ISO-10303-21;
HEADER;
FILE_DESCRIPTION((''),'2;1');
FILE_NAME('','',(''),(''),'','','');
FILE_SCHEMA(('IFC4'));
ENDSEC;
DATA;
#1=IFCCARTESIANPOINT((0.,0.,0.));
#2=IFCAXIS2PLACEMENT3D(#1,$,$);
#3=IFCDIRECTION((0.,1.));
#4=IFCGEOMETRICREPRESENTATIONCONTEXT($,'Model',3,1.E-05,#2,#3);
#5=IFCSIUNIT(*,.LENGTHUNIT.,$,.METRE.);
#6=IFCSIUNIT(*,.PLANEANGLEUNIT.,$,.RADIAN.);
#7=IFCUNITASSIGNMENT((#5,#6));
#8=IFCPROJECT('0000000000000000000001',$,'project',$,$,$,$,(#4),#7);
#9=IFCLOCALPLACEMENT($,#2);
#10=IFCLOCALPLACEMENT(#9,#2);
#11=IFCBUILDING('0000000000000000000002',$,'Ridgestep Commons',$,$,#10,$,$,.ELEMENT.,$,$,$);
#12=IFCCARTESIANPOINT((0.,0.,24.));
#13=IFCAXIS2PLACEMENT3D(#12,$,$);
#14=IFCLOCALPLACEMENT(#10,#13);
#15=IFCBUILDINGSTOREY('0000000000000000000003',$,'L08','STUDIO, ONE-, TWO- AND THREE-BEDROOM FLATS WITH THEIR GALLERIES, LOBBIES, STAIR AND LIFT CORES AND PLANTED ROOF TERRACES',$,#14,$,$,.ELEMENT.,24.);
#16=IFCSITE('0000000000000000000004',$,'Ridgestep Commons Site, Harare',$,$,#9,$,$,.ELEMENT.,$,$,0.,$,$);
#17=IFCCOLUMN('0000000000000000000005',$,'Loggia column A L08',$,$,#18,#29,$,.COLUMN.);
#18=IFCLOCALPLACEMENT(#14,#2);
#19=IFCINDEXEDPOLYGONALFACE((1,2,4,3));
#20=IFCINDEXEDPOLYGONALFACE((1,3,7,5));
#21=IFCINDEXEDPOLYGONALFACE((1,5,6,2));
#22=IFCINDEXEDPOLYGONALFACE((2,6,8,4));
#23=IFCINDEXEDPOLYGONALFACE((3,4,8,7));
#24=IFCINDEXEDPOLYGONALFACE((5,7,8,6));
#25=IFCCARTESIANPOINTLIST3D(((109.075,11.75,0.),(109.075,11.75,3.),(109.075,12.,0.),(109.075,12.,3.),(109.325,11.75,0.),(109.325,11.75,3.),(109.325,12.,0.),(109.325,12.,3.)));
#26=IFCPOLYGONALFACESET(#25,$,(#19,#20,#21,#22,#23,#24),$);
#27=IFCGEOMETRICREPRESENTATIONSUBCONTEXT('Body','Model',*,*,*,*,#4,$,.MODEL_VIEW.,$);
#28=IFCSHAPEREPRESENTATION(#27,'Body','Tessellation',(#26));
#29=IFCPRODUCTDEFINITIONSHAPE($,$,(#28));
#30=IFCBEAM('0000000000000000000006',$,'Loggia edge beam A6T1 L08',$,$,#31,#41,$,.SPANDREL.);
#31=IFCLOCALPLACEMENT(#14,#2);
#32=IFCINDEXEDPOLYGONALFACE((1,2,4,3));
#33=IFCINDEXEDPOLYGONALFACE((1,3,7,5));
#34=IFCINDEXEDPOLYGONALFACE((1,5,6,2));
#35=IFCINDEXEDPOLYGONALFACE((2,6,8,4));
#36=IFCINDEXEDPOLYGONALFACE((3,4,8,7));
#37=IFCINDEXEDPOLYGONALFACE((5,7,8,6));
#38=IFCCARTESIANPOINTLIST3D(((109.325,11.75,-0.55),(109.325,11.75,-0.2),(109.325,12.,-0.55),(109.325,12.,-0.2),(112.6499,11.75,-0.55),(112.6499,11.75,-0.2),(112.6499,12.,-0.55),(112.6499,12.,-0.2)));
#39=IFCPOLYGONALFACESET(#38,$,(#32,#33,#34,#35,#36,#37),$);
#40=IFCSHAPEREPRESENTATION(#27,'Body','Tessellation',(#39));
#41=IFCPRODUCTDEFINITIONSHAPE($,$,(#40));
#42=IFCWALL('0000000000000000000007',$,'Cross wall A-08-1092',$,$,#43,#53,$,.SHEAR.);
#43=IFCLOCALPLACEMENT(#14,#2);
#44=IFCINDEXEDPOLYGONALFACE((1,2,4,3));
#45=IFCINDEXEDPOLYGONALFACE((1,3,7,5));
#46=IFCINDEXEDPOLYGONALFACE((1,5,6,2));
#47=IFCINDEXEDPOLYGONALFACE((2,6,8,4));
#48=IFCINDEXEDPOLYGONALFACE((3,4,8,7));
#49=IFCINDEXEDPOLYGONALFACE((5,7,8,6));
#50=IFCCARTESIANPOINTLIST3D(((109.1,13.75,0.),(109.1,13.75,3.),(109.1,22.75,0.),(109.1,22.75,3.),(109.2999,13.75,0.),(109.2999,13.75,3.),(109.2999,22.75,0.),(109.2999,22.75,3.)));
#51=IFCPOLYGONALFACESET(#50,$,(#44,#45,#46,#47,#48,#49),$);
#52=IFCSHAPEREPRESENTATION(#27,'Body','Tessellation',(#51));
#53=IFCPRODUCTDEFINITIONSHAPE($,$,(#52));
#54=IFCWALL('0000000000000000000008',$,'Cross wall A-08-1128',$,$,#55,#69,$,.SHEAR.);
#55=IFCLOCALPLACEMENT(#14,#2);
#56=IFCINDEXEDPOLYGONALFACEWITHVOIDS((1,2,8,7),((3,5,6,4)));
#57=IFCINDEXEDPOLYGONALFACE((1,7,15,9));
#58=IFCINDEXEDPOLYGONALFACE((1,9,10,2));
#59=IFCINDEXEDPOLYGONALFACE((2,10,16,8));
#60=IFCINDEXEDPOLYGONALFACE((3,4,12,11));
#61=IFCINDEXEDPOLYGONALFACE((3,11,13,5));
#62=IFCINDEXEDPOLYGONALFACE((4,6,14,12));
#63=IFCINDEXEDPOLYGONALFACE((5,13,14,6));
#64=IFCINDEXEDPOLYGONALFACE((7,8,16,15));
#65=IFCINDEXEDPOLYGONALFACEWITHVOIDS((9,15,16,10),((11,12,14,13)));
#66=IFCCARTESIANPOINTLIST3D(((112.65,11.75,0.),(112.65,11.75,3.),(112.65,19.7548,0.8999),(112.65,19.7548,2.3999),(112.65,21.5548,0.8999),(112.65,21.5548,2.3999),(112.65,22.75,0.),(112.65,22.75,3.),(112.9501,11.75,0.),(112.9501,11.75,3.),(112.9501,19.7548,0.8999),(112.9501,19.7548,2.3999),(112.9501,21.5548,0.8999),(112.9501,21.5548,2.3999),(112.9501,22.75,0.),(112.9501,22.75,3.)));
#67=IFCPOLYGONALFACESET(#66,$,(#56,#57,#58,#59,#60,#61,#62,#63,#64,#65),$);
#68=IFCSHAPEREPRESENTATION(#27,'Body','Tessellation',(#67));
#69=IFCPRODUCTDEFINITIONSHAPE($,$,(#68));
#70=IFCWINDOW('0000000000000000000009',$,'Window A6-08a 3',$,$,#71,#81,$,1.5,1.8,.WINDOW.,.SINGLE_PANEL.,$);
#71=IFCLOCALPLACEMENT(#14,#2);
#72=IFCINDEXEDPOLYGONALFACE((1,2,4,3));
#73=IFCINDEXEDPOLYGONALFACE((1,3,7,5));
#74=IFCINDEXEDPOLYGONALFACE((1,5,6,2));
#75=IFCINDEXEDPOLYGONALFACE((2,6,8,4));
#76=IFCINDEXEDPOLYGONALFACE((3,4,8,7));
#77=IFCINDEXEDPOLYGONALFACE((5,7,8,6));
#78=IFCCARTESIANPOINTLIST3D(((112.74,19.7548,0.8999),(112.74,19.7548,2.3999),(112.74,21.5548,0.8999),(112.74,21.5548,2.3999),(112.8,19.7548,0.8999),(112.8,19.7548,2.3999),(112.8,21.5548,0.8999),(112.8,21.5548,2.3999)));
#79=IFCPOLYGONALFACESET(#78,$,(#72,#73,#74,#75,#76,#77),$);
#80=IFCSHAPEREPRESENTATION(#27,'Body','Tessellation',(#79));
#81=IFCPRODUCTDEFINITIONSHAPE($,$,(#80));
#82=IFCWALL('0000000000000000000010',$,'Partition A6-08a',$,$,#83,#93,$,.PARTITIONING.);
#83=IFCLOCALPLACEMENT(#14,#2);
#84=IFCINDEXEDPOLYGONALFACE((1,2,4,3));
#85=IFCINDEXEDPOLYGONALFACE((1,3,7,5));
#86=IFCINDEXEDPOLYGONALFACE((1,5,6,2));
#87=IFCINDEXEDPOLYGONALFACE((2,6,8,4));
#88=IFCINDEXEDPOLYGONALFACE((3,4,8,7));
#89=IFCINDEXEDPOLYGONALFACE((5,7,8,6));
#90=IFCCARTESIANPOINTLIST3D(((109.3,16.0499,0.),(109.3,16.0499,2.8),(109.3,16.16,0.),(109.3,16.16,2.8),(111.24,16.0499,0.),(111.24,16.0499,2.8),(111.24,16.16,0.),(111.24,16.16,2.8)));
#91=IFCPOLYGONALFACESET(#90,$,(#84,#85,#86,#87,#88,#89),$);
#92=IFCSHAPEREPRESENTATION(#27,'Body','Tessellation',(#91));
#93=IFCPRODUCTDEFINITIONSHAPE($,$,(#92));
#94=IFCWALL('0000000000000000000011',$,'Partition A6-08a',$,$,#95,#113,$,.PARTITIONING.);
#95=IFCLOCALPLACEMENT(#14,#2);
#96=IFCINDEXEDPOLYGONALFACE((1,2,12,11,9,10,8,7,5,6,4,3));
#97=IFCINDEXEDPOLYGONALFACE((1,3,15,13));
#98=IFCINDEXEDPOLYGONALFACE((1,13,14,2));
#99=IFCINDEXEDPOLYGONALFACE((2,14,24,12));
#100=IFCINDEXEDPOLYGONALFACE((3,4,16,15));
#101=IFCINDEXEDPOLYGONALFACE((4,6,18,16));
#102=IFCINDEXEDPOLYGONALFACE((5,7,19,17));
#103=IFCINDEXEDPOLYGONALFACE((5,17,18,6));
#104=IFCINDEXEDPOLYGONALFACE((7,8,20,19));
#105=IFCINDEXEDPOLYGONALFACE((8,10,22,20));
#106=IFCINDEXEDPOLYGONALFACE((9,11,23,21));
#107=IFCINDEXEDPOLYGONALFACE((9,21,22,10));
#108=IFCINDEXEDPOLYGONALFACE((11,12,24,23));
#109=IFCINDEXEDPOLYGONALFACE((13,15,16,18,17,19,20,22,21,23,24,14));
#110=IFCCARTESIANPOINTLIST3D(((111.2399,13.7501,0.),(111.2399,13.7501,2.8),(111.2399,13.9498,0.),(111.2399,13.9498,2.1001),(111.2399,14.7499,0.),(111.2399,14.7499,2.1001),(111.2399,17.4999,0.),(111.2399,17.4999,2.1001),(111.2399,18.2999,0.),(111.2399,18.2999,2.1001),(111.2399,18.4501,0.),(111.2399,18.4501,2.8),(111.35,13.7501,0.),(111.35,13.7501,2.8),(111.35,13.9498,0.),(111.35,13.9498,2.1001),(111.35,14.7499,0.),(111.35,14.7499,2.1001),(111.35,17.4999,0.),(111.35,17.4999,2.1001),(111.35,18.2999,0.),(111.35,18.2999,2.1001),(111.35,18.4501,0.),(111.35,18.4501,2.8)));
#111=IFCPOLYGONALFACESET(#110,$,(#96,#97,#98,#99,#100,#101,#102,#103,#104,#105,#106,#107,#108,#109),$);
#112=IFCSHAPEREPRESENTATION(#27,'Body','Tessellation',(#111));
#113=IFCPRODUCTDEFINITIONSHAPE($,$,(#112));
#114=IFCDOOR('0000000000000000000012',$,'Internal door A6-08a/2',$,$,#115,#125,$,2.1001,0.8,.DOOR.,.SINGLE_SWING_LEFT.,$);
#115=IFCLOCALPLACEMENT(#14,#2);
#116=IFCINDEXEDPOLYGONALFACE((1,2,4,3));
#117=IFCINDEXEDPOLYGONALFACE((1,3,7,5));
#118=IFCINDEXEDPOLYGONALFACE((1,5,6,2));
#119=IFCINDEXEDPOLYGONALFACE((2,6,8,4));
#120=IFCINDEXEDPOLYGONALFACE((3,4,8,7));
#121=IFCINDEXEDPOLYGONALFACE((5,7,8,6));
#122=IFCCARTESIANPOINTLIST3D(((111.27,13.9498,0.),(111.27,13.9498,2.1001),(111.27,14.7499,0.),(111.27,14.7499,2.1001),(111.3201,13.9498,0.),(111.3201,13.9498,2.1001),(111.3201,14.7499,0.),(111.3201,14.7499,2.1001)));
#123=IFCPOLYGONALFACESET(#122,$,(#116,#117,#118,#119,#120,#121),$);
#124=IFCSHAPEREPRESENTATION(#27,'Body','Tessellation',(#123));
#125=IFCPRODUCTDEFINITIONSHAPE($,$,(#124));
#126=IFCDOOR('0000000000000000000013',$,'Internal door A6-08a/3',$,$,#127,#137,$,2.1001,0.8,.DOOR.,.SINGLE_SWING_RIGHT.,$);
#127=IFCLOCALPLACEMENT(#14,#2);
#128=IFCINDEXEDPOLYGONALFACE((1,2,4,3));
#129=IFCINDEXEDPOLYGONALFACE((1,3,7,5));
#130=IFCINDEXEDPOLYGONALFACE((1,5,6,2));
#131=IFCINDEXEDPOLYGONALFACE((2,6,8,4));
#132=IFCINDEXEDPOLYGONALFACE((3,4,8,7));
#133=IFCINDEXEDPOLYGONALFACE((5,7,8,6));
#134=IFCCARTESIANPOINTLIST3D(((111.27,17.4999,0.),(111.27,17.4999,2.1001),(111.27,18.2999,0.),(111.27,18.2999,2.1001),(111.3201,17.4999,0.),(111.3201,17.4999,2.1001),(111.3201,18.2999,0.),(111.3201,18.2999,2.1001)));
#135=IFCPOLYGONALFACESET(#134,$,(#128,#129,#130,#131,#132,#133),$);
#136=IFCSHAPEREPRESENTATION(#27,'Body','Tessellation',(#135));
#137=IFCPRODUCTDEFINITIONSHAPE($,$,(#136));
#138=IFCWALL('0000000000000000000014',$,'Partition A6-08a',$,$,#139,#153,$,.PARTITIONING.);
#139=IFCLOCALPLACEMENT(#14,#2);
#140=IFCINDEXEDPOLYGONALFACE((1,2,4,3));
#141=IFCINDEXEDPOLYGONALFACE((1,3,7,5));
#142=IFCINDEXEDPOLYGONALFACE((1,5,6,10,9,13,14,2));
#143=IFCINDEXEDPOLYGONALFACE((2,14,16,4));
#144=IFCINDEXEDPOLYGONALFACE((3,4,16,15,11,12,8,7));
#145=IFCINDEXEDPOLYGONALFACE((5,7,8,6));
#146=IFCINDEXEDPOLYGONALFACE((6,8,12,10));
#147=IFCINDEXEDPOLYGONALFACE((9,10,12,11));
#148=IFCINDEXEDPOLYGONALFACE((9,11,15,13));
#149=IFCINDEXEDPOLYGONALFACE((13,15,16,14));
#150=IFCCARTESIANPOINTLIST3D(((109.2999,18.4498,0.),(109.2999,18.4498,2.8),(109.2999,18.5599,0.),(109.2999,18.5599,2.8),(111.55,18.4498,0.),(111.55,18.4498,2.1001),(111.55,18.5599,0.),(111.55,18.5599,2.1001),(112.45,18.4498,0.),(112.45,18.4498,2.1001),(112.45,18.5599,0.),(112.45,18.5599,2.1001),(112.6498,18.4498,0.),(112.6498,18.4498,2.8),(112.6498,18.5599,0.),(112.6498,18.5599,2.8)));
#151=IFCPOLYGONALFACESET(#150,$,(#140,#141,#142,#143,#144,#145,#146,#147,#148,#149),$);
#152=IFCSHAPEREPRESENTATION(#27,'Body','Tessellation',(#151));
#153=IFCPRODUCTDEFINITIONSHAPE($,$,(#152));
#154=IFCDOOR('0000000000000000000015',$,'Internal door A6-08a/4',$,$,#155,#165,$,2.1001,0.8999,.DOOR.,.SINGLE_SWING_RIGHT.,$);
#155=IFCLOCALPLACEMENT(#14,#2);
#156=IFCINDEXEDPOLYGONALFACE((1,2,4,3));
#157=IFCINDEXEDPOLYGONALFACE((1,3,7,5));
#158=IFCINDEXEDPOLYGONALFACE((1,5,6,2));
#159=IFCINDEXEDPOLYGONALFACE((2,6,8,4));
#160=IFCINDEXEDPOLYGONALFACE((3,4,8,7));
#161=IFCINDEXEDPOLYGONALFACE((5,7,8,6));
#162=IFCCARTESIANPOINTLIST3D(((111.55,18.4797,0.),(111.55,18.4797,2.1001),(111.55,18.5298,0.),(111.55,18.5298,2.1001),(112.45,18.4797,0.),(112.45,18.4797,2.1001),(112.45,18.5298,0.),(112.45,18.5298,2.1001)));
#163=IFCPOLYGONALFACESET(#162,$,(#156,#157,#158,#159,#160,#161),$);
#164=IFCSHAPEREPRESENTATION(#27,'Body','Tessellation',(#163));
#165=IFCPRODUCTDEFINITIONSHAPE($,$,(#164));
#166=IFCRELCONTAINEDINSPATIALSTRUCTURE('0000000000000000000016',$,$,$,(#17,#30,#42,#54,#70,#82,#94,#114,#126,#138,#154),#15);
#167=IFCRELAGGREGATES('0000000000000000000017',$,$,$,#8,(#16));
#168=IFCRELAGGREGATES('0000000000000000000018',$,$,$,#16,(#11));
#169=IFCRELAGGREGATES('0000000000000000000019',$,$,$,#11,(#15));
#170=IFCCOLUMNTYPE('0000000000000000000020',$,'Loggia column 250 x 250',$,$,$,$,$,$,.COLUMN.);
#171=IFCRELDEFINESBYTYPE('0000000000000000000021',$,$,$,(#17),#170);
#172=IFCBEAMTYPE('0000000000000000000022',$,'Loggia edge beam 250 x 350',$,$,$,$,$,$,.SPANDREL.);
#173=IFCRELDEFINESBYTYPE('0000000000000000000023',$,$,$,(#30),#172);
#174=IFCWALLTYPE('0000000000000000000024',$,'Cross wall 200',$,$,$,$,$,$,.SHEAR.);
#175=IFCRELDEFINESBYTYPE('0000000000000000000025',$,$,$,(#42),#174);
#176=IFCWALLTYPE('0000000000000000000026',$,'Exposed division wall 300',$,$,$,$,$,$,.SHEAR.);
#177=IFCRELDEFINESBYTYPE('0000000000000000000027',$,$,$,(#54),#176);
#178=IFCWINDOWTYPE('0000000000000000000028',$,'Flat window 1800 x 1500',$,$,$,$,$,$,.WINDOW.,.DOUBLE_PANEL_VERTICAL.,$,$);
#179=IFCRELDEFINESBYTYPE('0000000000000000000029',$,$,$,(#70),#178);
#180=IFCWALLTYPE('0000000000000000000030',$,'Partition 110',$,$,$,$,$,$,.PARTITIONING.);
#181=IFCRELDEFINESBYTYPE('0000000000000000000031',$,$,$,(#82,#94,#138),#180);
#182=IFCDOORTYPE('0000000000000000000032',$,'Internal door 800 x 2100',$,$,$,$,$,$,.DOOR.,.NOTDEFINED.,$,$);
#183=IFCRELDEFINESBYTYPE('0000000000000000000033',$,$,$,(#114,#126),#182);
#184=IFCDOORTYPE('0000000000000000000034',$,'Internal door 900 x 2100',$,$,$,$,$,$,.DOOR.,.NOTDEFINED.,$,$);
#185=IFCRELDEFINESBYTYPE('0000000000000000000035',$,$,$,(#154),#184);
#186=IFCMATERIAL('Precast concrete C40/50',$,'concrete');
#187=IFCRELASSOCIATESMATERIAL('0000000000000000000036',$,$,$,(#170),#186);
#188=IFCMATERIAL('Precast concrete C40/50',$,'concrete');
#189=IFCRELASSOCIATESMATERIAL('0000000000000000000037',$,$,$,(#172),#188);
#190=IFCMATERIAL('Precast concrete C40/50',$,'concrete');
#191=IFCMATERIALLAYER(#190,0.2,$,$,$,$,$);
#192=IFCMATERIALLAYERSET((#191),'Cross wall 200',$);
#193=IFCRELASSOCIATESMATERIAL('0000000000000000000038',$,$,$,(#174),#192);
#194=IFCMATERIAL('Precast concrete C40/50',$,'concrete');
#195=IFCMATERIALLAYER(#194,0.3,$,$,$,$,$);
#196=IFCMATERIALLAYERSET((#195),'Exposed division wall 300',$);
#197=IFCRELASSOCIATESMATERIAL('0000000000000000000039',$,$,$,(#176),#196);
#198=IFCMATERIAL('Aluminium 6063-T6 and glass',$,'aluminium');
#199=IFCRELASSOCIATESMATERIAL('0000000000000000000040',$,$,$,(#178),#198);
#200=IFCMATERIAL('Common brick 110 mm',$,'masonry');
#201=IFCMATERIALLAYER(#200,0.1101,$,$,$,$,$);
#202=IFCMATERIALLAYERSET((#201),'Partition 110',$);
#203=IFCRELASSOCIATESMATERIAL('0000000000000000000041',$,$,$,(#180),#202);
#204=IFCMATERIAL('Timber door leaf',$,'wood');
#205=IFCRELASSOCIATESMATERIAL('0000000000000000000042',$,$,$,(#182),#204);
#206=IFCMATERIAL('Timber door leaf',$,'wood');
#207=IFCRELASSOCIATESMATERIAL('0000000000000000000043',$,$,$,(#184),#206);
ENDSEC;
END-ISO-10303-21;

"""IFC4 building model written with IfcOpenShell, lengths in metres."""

from ifc_helpers import new_model, si_unit, direction, frame, frame_2d, origin, origin_2d, place, context, subcontext, project, spatial, rectangle, extrude, material, layer, layer_set, material_profile, profile_set, type_object, element, fill, save


model = new_model("IFC4")

# Units and contexts
model_context = context("Model", 3, precision=1e-05, world=origin(), true_north=direction((0.0, 1.0)))
body_context = subcontext(model_context, "Body", "Model", "MODEL_VIEW")
ifc_project = project(units=[si_unit("LENGTHUNIT", "METRE"), si_unit("PLANEANGLEUNIT", "RADIAN")], contexts=[model_context])

# Site, building, storey
site_placement = place(None, origin())
site = spatial("IfcSite", under=ifc_project, at=site_placement, Name="Ridgestep Commons Site, Harare", CompositionType="ELEMENT", RefElevation=0.0)
building_placement = place(site_placement, origin())
building = spatial("IfcBuilding", under=site, at=building_placement, Name="Ridgestep Commons", CompositionType="ELEMENT")
storey_placement = place(building_placement, frame((0.0, 0.0, 24.0)))
storey = spatial("IfcBuildingStorey", under=building, at=storey_placement, Name="L08", Description="STUDIO, ONE-, TWO- AND THREE-BEDROOM FLATS WITH THEIR GALLERIES, LOBBIES, STAIR AND LIFT CORES AND PLANTED ROOF TERRACES", CompositionType="ELEMENT", Elevation=24.0)

# Column
ifc_material_1 = material(Name="Precast concrete C40/50", Category="concrete")
ifc_material_profile_1 = material_profile(ifc_material_1, rectangle(XDim=0.25, YDim=0.25, at=origin_2d()), Name="PC 250x250")
ifc_profile_set_1 = profile_set([ifc_material_profile_1], Name="Precast concrete C40/50")
column_type = type_object("IfcColumnType", Name="Loggia column 250 x 250", PredefinedType="COLUMN", material=ifc_profile_set_1)
column_placement = place(storey_placement, frame((109.2, 11.875, 0.0), z_axis=(0.0, 0.0, 1.0), x_axis=(1.0, 0.0, 0.0)))
element("IfcColumn", 1, at=column_placement, inside=storey, type_object=column_type, Name="Loggia column A L08", PredefinedType="COLUMN", context=body_context, shape_type="SweptSolid", body=[
    extrude(rectangle(XDim=0.25, YDim=0.25, at=origin_2d()), origin(), (0.0, 0.0, 1.0), 3.0),
])

# Beam
ifc_material_2 = material(Name="Precast concrete C40/50", Category="concrete")
ifc_material_profile_2 = material_profile(ifc_material_2, rectangle(XDim=0.25, YDim=0.3501, at=origin_2d()), Name="PC 250x350")
ifc_profile_set_2 = profile_set([ifc_material_profile_2], Name="Precast concrete C40/50")
beam_type = type_object("IfcBeamType", Name="Loggia edge beam 250 x 350", PredefinedType="SPANDREL", material=ifc_profile_set_2)
beam_placement = place(storey_placement, frame((109.325, 11.875, -0.375), z_axis=(1.0, 0.0, 0.0), x_axis=(0.0, 1.0, 0.0)))
element("IfcBeam", 2, at=beam_placement, inside=storey, type_object=beam_type, Name="Loggia edge beam A6T1 L08", PredefinedType="SPANDREL", context=body_context, shape_type="SweptSolid", body=[
    extrude(rectangle(XDim=0.25, YDim=0.3501, at=origin_2d()), origin(), (0.0, 0.0, 1.0), 3.325),
])

# Wall
ifc_material_3 = material(Name="Precast concrete C40/50", Category="concrete")
ifc_layer_1 = layer(ifc_material_3, 0.2)
ifc_layer_set_1 = layer_set([ifc_layer_1], Name="Cross wall 200")
wall_type_1 = type_object("IfcWallType", Name="Cross wall 200", PredefinedType="SHEAR", material=ifc_layer_set_1)
wall_1_placement = place(storey_placement, frame((109.2, 13.75, 0.0), z_axis=(0.0, 0.0, 1.0), x_axis=(0.0, 1.0, 0.0)))
element("IfcWall", 3, at=wall_1_placement, inside=storey, type_object=wall_type_1, Name="Cross wall A-08-1092", PredefinedType="SHEAR", context=body_context, shape_type="SweptSolid", body=[
    extrude(rectangle(XDim=9.0, YDim=0.2, at=frame_2d((4.5, 0.0))), origin(), (0.0, 0.0, 1.0), 3.0),
])

# Wall, opening, window
ifc_material_4 = material(Name="Precast concrete C40/50", Category="concrete")
ifc_layer_2 = layer(ifc_material_4, 0.3)
ifc_layer_set_2 = layer_set([ifc_layer_2], Name="Exposed division wall 300")
wall_type_2 = type_object("IfcWallType", Name="Exposed division wall 300", PredefinedType="SHEAR", material=ifc_layer_set_2)
wall_2_placement = place(storey_placement, frame((112.8, 11.75, 0.0), z_axis=(0.0, 0.0, 1.0), x_axis=(0.0, 1.0, 0.0)))
wall_2 = element("IfcWall", 4, at=wall_2_placement, inside=storey, type_object=wall_type_2, Name="Cross wall A-08-1128", PredefinedType="SHEAR", context=body_context, shape_type="SweptSolid", body=[
    extrude(rectangle(XDim=11.0, YDim=0.3, at=frame_2d((5.5, 0.0))), origin(), (0.0, 0.0, 1.0), 3.0),
])
opening_1_placement = place(wall_2_placement, frame((8.0049, 0.0, 0.8999)))
opening_1 = element("IfcOpeningElement", 5, at=opening_1_placement, cuts=wall_2, PredefinedType="OPENING", context=body_context, shape_type="SweptSolid", body=[
    extrude(rectangle(XDim=1.8, YDim=1.5, at=frame_2d((0.8999, 0.75))), frame((0.0, 0.1599, 0.0), z_axis=(0.0, -1.0, 0.0), x_axis=(1.0, 0.0, 0.0)), (0.0, 0.0, 1.0), 0.3201),
])
ifc_material_5 = material(Name="Aluminium 6063-T6 and glass", Category="aluminium")
window_type_1 = type_object("IfcWindowType", Name="Flat window 1800 x 1500", PartitioningType="DOUBLE_PANEL_VERTICAL", PredefinedType="WINDOW", material=ifc_material_5)
window_1_placement = place(opening_1_placement, origin())
window_1 = element("IfcWindow", 6, at=window_1_placement, inside=storey, type_object=window_type_1, Name="Window A6-08a 3", OverallHeight=1.5, OverallWidth=1.8, PartitioningType="SINGLE_PANEL", PredefinedType="WINDOW", context=body_context, shape_type="SweptSolid", body=[
    extrude(rectangle(XDim=1.8, YDim=1.5, at=frame_2d((0.8999, 0.75))), frame((0.0, 0.0601, 0.0), z_axis=(0.0, -1.0, 0.0), x_axis=(1.0, 0.0, 0.0)), (0.0, 0.0, 1.0), 0.0601),
])
fill(opening_1, window_1)

# Wall
ifc_material_6 = material(Name="Common brick 110 mm", Category="masonry")
ifc_layer_3 = layer(ifc_material_6, 0.1101)
ifc_layer_set_3 = layer_set([ifc_layer_3], Name="Partition 110")
wall_type_3 = type_object("IfcWallType", Name="Partition 110", PredefinedType="PARTITIONING", material=ifc_layer_set_3)
wall_3_placement = place(storey_placement, frame((109.3, 16.105, 0.0), z_axis=(0.0, 0.0, 1.0), x_axis=(1.0, 0.0, 0.0)))
element("IfcWall", 7, at=wall_3_placement, inside=storey, type_object=wall_type_3, Name="Partition A6-08a", PredefinedType="PARTITIONING", context=body_context, shape_type="SweptSolid", body=[
    extrude(rectangle(XDim=1.9399, YDim=0.1101, at=frame_2d((0.97, 0.0))), origin(), (0.0, 0.0, 1.0), 2.8),
])

# Wall, openings, doors
wall_4_placement = place(storey_placement, frame((111.2949, 13.75, 0.0), z_axis=(0.0, 0.0, 1.0), x_axis=(0.0, 1.0, 0.0)))
wall_4 = element("IfcWall", 8, at=wall_4_placement, inside=storey, type_object=wall_type_3, Name="Partition A6-08a", PredefinedType="PARTITIONING", context=body_context, shape_type="SweptSolid", body=[
    extrude(rectangle(XDim=4.7, YDim=0.1101, at=frame_2d((2.3501, 0.0))), origin(), (0.0, 0.0, 1.0), 2.8),
])
opening_2_placement = place(wall_4_placement, frame((0.2, 0.0, 0.0)))
opening_2 = element("IfcOpeningElement", 9, at=opening_2_placement, cuts=wall_4, PredefinedType="OPENING", context=body_context, shape_type="SweptSolid", body=[
    extrude(rectangle(XDim=0.8, YDim=2.1001, at=frame_2d((0.3999, 1.05))), frame((0.0, 0.0649, 0.0), z_axis=(0.0, -1.0, 0.0), x_axis=(1.0, 0.0, 0.0)), (0.0, 0.0, 1.0), 0.1301),
])
opening_3_placement = place(wall_4_placement, frame((3.75, 0.0, 0.0)))
opening_3 = element("IfcOpeningElement", 10, at=opening_3_placement, cuts=wall_4, PredefinedType="OPENING", context=body_context, shape_type="SweptSolid", body=[
    extrude(rectangle(XDim=0.8, YDim=2.1001, at=frame_2d((0.3999, 1.05))), frame((0.0, 0.0649, 0.0), z_axis=(0.0, -1.0, 0.0), x_axis=(1.0, 0.0, 0.0)), (0.0, 0.0, 1.0), 0.1301),
])
ifc_material_7 = material(Name="Timber door leaf", Category="wood")
door_type_1 = type_object("IfcDoorType", Name="Internal door 800 x 2100", OperationType="NOTDEFINED", PredefinedType="DOOR", material=ifc_material_7)
door_1_placement = place(opening_2_placement, origin())
door_1 = element("IfcDoor", 11, at=door_1_placement, inside=storey, type_object=door_type_1, Name="Internal door A6-08a/2", OperationType="SINGLE_SWING_LEFT", OverallHeight=2.1001, OverallWidth=0.8, PredefinedType="DOOR", context=body_context, shape_type="SweptSolid", body=[
    extrude(rectangle(XDim=0.8, YDim=2.1001, at=frame_2d((0.3999, 1.05))), frame((0.0, 0.0249, 0.0), z_axis=(0.0, -1.0, 0.0), x_axis=(1.0, 0.0, 0.0)), (0.0, 0.0, 1.0), 0.05),
])
fill(opening_2, door_1)
door_2_placement = place(opening_3_placement, origin())
door_2 = element("IfcDoor", 12, at=door_2_placement, inside=storey, type_object=door_type_1, Name="Internal door A6-08a/3", OperationType="SINGLE_SWING_RIGHT", OverallHeight=2.1001, OverallWidth=0.8, PredefinedType="DOOR", context=body_context, shape_type="SweptSolid", body=[
    extrude(rectangle(XDim=0.8, YDim=2.1001, at=frame_2d((0.3999, 1.05))), frame((0.0, 0.0249, 0.0), z_axis=(0.0, -1.0, 0.0), x_axis=(1.0, 0.0, 0.0)), (0.0, 0.0, 1.0), 0.05),
])
fill(opening_3, door_2)

# Wall, opening, door
wall_5_placement = place(storey_placement, frame((109.3, 18.5049, 0.0), z_axis=(0.0, 0.0, 1.0), x_axis=(1.0, 0.0, 0.0)))
wall_5 = element("IfcWall", 13, at=wall_5_placement, inside=storey, type_object=wall_type_3, Name="Partition A6-08a", PredefinedType="PARTITIONING", context=body_context, shape_type="SweptSolid", body=[
    extrude(rectangle(XDim=3.3499, YDim=0.1101, at=frame_2d((1.6748, 0.0))), origin(), (0.0, 0.0, 1.0), 2.8),
])
opening_4_placement = place(wall_5_placement, frame((2.25, 0.0, 0.0)))
opening_4 = element("IfcOpeningElement", 14, at=opening_4_placement, cuts=wall_5, PredefinedType="OPENING", context=body_context, shape_type="SweptSolid", body=[
    extrude(rectangle(XDim=0.8999, YDim=2.1001, at=frame_2d((0.45, 1.05))), frame((0.0, 0.0649, 0.0), z_axis=(0.0, -1.0, 0.0), x_axis=(1.0, 0.0, 0.0)), (0.0, 0.0, 1.0), 0.1301),
])
ifc_material_8 = material(Name="Timber door leaf", Category="wood")
door_type_2 = type_object("IfcDoorType", Name="Internal door 900 x 2100", OperationType="NOTDEFINED", PredefinedType="DOOR", material=ifc_material_8)
door_3_placement = place(opening_4_placement, origin())
door_3 = element("IfcDoor", 15, at=door_3_placement, inside=storey, type_object=door_type_2, Name="Internal door A6-08a/4", OperationType="SINGLE_SWING_RIGHT", OverallHeight=2.1001, OverallWidth=0.8999, PredefinedType="DOOR", context=body_context, shape_type="SweptSolid", body=[
    extrude(rectangle(XDim=0.8999, YDim=2.1001, at=frame_2d((0.45, 1.05))), frame((0.0, 0.0249, 0.0), z_axis=(0.0, -1.0, 0.0), x_axis=(1.0, 0.0, 0.0)), (0.0, 0.0, 1.0), 0.05),
])
fill(opening_4, door_3)

save(model, "model.ifc")
